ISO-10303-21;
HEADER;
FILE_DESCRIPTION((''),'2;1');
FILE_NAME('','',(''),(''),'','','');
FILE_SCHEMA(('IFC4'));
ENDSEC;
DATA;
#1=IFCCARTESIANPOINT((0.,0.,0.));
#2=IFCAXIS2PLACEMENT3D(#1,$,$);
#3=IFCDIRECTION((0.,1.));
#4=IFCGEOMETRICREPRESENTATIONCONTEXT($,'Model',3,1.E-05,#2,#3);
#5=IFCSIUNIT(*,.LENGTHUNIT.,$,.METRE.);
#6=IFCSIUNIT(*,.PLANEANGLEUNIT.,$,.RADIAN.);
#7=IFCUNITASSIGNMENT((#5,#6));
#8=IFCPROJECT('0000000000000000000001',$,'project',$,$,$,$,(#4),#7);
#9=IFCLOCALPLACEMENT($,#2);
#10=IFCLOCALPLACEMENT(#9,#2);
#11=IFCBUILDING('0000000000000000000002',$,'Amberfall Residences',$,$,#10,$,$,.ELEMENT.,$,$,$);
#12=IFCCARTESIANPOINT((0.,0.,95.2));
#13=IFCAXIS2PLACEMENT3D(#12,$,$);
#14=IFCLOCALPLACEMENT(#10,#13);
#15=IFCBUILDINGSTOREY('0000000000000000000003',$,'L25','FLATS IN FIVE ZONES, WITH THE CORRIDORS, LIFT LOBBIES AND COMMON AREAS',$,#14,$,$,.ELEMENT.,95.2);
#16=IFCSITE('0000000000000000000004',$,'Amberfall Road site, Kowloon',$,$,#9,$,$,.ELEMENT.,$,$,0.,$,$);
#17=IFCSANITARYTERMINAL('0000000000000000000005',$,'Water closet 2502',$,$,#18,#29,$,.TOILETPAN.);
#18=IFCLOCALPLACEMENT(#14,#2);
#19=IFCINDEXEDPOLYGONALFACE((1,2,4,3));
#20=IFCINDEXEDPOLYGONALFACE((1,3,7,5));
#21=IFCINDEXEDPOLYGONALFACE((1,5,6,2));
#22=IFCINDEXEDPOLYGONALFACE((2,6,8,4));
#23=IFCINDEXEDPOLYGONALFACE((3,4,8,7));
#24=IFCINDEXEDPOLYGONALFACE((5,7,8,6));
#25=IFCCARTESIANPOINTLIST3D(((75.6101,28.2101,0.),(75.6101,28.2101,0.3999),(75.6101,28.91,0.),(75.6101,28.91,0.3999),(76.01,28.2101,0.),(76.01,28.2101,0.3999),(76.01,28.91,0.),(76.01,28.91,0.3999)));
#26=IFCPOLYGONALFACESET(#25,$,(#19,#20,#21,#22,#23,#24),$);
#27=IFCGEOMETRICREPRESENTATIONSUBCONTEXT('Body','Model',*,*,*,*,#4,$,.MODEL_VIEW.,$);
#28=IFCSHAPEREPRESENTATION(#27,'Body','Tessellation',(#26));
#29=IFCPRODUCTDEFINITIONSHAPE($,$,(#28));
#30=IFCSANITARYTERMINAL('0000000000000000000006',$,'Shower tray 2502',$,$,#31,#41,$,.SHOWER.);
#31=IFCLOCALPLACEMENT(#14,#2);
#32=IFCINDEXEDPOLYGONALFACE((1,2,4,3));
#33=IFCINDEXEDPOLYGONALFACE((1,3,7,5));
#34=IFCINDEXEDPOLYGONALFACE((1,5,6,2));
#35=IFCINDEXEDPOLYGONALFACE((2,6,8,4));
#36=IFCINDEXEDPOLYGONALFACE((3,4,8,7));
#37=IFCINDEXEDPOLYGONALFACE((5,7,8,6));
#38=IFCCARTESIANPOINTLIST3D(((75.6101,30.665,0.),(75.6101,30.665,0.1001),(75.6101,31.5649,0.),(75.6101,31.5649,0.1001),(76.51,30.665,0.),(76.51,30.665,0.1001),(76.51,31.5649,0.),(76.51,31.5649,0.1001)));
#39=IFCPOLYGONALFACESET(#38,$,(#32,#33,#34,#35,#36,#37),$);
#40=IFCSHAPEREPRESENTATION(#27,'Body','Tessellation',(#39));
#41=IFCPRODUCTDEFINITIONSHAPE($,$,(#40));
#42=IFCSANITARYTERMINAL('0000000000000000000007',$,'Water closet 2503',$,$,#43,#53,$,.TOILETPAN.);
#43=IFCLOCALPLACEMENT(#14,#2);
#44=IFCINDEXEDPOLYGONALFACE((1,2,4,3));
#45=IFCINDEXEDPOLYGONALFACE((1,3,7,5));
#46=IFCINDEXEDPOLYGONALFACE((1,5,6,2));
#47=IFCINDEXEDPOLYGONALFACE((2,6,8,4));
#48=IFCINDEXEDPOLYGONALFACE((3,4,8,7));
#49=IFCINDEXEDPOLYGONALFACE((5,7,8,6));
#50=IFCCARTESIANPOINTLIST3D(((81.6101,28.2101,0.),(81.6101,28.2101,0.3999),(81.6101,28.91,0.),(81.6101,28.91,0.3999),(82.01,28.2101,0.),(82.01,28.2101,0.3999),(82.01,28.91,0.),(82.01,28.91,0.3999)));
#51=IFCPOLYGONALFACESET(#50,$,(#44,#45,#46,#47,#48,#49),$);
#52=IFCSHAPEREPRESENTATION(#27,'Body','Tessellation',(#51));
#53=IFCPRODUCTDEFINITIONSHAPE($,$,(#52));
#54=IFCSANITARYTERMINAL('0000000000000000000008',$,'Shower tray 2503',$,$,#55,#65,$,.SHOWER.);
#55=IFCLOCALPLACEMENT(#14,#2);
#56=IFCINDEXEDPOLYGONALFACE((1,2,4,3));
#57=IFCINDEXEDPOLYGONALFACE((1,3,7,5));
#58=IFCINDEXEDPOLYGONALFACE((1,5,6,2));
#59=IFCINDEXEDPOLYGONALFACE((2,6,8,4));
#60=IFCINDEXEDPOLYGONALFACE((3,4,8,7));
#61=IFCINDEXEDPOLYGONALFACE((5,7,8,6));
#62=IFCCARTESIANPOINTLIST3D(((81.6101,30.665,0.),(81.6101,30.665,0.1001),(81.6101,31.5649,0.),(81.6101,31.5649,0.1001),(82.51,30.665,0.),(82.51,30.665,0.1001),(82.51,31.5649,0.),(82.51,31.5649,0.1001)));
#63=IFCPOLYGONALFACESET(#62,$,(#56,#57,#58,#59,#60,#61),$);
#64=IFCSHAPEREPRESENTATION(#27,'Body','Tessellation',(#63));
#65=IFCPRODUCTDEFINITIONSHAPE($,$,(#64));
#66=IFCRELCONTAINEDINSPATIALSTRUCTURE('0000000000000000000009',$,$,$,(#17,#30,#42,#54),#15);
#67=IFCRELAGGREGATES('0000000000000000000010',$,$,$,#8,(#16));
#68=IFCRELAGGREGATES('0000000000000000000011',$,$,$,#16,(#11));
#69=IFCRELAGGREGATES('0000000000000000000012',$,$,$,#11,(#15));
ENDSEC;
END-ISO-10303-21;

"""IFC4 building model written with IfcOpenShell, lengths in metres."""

from ifc_helpers import new_model, si_unit, direction, frame, origin, origin_2d, place, context, subcontext, project, spatial, rectangle, extrude, element, save


model = new_model("IFC4")

# Units and contexts
model_context = context("Model", 3, precision=1e-05, world=origin(), true_north=direction((0.0, 1.0)))
body_context = subcontext(model_context, "Body", "Model", "MODEL_VIEW")
ifc_project = project(units=[si_unit("LENGTHUNIT", "METRE"), si_unit("PLANEANGLEUNIT", "RADIAN")], contexts=[model_context])

# Site, building, storey
site_placement = place(None, origin())
site = spatial("IfcSite", under=ifc_project, at=site_placement, Name="Amberfall Road site, Kowloon", CompositionType="ELEMENT", RefElevation=0.0)
building_placement = place(site_placement, origin())
building = spatial("IfcBuilding", under=site, at=building_placement, Name="Amberfall Residences", CompositionType="ELEMENT")
storey_placement = place(building_placement, frame((0.0, 0.0, 95.2)))
storey = spatial("IfcBuildingStorey", under=building, at=storey_placement, Name="L25", Description="FLATS IN FIVE ZONES, WITH THE CORRIDORS, LIFT LOBBIES AND COMMON AREAS", CompositionType="ELEMENT", Elevation=95.2)

# Sanitary terminals
sanitary_terminal_1_placement = place(storey_placement, frame((75.8101, 28.5601, 0.0), z_axis=(0.0, 0.0, 1.0), x_axis=(1.0, 0.0, 0.0)))
element("IfcSanitaryTerminal", 1, at=sanitary_terminal_1_placement, inside=storey, Name="Water closet 2502", PredefinedType="TOILETPAN", context=body_context, shape_type="SweptSolid", body=[
    extrude(rectangle(XDim=0.3999, YDim=0.7, at=origin_2d()), origin(), (0.0, 0.0, 1.0), 0.3999),
])
sanitary_terminal_2_placement = place(storey_placement, frame((76.0601, 31.115, 0.0), z_axis=(0.0, 0.0, 1.0), x_axis=(1.0, 0.0, 0.0)))
element("IfcSanitaryTerminal", 2, at=sanitary_terminal_2_placement, inside=storey, Name="Shower tray 2502", PredefinedType="SHOWER", context=body_context, shape_type="SweptSolid", body=[
    extrude(rectangle(XDim=0.8999, YDim=0.8999, at=origin_2d()), origin(), (0.0, 0.0, 1.0), 0.1001),
])
sanitary_terminal_3_placement = place(storey_placement, frame((81.8101, 28.5601, 0.0), z_axis=(0.0, 0.0, 1.0), x_axis=(1.0, 0.0, 0.0)))
element("IfcSanitaryTerminal", 3, at=sanitary_terminal_3_placement, inside=storey, Name="Water closet 2503", PredefinedType="TOILETPAN", context=body_context, shape_type="SweptSolid", body=[
    extrude(rectangle(XDim=0.3999, YDim=0.7, at=origin_2d()), origin(), (0.0, 0.0, 1.0), 0.3999),
])
sanitary_terminal_4_placement = place(storey_placement, frame((82.0601, 31.115, 0.0), z_axis=(0.0, 0.0, 1.0), x_axis=(1.0, 0.0, 0.0)))
element("IfcSanitaryTerminal", 4, at=sanitary_terminal_4_placement, inside=storey, Name="Shower tray 2503", PredefinedType="SHOWER", context=body_context, shape_type="SweptSolid", body=[
    extrude(rectangle(XDim=0.8999, YDim=0.8999, at=origin_2d()), origin(), (0.0, 0.0, 1.0), 0.1001),
])

save(model, "model.ifc")
